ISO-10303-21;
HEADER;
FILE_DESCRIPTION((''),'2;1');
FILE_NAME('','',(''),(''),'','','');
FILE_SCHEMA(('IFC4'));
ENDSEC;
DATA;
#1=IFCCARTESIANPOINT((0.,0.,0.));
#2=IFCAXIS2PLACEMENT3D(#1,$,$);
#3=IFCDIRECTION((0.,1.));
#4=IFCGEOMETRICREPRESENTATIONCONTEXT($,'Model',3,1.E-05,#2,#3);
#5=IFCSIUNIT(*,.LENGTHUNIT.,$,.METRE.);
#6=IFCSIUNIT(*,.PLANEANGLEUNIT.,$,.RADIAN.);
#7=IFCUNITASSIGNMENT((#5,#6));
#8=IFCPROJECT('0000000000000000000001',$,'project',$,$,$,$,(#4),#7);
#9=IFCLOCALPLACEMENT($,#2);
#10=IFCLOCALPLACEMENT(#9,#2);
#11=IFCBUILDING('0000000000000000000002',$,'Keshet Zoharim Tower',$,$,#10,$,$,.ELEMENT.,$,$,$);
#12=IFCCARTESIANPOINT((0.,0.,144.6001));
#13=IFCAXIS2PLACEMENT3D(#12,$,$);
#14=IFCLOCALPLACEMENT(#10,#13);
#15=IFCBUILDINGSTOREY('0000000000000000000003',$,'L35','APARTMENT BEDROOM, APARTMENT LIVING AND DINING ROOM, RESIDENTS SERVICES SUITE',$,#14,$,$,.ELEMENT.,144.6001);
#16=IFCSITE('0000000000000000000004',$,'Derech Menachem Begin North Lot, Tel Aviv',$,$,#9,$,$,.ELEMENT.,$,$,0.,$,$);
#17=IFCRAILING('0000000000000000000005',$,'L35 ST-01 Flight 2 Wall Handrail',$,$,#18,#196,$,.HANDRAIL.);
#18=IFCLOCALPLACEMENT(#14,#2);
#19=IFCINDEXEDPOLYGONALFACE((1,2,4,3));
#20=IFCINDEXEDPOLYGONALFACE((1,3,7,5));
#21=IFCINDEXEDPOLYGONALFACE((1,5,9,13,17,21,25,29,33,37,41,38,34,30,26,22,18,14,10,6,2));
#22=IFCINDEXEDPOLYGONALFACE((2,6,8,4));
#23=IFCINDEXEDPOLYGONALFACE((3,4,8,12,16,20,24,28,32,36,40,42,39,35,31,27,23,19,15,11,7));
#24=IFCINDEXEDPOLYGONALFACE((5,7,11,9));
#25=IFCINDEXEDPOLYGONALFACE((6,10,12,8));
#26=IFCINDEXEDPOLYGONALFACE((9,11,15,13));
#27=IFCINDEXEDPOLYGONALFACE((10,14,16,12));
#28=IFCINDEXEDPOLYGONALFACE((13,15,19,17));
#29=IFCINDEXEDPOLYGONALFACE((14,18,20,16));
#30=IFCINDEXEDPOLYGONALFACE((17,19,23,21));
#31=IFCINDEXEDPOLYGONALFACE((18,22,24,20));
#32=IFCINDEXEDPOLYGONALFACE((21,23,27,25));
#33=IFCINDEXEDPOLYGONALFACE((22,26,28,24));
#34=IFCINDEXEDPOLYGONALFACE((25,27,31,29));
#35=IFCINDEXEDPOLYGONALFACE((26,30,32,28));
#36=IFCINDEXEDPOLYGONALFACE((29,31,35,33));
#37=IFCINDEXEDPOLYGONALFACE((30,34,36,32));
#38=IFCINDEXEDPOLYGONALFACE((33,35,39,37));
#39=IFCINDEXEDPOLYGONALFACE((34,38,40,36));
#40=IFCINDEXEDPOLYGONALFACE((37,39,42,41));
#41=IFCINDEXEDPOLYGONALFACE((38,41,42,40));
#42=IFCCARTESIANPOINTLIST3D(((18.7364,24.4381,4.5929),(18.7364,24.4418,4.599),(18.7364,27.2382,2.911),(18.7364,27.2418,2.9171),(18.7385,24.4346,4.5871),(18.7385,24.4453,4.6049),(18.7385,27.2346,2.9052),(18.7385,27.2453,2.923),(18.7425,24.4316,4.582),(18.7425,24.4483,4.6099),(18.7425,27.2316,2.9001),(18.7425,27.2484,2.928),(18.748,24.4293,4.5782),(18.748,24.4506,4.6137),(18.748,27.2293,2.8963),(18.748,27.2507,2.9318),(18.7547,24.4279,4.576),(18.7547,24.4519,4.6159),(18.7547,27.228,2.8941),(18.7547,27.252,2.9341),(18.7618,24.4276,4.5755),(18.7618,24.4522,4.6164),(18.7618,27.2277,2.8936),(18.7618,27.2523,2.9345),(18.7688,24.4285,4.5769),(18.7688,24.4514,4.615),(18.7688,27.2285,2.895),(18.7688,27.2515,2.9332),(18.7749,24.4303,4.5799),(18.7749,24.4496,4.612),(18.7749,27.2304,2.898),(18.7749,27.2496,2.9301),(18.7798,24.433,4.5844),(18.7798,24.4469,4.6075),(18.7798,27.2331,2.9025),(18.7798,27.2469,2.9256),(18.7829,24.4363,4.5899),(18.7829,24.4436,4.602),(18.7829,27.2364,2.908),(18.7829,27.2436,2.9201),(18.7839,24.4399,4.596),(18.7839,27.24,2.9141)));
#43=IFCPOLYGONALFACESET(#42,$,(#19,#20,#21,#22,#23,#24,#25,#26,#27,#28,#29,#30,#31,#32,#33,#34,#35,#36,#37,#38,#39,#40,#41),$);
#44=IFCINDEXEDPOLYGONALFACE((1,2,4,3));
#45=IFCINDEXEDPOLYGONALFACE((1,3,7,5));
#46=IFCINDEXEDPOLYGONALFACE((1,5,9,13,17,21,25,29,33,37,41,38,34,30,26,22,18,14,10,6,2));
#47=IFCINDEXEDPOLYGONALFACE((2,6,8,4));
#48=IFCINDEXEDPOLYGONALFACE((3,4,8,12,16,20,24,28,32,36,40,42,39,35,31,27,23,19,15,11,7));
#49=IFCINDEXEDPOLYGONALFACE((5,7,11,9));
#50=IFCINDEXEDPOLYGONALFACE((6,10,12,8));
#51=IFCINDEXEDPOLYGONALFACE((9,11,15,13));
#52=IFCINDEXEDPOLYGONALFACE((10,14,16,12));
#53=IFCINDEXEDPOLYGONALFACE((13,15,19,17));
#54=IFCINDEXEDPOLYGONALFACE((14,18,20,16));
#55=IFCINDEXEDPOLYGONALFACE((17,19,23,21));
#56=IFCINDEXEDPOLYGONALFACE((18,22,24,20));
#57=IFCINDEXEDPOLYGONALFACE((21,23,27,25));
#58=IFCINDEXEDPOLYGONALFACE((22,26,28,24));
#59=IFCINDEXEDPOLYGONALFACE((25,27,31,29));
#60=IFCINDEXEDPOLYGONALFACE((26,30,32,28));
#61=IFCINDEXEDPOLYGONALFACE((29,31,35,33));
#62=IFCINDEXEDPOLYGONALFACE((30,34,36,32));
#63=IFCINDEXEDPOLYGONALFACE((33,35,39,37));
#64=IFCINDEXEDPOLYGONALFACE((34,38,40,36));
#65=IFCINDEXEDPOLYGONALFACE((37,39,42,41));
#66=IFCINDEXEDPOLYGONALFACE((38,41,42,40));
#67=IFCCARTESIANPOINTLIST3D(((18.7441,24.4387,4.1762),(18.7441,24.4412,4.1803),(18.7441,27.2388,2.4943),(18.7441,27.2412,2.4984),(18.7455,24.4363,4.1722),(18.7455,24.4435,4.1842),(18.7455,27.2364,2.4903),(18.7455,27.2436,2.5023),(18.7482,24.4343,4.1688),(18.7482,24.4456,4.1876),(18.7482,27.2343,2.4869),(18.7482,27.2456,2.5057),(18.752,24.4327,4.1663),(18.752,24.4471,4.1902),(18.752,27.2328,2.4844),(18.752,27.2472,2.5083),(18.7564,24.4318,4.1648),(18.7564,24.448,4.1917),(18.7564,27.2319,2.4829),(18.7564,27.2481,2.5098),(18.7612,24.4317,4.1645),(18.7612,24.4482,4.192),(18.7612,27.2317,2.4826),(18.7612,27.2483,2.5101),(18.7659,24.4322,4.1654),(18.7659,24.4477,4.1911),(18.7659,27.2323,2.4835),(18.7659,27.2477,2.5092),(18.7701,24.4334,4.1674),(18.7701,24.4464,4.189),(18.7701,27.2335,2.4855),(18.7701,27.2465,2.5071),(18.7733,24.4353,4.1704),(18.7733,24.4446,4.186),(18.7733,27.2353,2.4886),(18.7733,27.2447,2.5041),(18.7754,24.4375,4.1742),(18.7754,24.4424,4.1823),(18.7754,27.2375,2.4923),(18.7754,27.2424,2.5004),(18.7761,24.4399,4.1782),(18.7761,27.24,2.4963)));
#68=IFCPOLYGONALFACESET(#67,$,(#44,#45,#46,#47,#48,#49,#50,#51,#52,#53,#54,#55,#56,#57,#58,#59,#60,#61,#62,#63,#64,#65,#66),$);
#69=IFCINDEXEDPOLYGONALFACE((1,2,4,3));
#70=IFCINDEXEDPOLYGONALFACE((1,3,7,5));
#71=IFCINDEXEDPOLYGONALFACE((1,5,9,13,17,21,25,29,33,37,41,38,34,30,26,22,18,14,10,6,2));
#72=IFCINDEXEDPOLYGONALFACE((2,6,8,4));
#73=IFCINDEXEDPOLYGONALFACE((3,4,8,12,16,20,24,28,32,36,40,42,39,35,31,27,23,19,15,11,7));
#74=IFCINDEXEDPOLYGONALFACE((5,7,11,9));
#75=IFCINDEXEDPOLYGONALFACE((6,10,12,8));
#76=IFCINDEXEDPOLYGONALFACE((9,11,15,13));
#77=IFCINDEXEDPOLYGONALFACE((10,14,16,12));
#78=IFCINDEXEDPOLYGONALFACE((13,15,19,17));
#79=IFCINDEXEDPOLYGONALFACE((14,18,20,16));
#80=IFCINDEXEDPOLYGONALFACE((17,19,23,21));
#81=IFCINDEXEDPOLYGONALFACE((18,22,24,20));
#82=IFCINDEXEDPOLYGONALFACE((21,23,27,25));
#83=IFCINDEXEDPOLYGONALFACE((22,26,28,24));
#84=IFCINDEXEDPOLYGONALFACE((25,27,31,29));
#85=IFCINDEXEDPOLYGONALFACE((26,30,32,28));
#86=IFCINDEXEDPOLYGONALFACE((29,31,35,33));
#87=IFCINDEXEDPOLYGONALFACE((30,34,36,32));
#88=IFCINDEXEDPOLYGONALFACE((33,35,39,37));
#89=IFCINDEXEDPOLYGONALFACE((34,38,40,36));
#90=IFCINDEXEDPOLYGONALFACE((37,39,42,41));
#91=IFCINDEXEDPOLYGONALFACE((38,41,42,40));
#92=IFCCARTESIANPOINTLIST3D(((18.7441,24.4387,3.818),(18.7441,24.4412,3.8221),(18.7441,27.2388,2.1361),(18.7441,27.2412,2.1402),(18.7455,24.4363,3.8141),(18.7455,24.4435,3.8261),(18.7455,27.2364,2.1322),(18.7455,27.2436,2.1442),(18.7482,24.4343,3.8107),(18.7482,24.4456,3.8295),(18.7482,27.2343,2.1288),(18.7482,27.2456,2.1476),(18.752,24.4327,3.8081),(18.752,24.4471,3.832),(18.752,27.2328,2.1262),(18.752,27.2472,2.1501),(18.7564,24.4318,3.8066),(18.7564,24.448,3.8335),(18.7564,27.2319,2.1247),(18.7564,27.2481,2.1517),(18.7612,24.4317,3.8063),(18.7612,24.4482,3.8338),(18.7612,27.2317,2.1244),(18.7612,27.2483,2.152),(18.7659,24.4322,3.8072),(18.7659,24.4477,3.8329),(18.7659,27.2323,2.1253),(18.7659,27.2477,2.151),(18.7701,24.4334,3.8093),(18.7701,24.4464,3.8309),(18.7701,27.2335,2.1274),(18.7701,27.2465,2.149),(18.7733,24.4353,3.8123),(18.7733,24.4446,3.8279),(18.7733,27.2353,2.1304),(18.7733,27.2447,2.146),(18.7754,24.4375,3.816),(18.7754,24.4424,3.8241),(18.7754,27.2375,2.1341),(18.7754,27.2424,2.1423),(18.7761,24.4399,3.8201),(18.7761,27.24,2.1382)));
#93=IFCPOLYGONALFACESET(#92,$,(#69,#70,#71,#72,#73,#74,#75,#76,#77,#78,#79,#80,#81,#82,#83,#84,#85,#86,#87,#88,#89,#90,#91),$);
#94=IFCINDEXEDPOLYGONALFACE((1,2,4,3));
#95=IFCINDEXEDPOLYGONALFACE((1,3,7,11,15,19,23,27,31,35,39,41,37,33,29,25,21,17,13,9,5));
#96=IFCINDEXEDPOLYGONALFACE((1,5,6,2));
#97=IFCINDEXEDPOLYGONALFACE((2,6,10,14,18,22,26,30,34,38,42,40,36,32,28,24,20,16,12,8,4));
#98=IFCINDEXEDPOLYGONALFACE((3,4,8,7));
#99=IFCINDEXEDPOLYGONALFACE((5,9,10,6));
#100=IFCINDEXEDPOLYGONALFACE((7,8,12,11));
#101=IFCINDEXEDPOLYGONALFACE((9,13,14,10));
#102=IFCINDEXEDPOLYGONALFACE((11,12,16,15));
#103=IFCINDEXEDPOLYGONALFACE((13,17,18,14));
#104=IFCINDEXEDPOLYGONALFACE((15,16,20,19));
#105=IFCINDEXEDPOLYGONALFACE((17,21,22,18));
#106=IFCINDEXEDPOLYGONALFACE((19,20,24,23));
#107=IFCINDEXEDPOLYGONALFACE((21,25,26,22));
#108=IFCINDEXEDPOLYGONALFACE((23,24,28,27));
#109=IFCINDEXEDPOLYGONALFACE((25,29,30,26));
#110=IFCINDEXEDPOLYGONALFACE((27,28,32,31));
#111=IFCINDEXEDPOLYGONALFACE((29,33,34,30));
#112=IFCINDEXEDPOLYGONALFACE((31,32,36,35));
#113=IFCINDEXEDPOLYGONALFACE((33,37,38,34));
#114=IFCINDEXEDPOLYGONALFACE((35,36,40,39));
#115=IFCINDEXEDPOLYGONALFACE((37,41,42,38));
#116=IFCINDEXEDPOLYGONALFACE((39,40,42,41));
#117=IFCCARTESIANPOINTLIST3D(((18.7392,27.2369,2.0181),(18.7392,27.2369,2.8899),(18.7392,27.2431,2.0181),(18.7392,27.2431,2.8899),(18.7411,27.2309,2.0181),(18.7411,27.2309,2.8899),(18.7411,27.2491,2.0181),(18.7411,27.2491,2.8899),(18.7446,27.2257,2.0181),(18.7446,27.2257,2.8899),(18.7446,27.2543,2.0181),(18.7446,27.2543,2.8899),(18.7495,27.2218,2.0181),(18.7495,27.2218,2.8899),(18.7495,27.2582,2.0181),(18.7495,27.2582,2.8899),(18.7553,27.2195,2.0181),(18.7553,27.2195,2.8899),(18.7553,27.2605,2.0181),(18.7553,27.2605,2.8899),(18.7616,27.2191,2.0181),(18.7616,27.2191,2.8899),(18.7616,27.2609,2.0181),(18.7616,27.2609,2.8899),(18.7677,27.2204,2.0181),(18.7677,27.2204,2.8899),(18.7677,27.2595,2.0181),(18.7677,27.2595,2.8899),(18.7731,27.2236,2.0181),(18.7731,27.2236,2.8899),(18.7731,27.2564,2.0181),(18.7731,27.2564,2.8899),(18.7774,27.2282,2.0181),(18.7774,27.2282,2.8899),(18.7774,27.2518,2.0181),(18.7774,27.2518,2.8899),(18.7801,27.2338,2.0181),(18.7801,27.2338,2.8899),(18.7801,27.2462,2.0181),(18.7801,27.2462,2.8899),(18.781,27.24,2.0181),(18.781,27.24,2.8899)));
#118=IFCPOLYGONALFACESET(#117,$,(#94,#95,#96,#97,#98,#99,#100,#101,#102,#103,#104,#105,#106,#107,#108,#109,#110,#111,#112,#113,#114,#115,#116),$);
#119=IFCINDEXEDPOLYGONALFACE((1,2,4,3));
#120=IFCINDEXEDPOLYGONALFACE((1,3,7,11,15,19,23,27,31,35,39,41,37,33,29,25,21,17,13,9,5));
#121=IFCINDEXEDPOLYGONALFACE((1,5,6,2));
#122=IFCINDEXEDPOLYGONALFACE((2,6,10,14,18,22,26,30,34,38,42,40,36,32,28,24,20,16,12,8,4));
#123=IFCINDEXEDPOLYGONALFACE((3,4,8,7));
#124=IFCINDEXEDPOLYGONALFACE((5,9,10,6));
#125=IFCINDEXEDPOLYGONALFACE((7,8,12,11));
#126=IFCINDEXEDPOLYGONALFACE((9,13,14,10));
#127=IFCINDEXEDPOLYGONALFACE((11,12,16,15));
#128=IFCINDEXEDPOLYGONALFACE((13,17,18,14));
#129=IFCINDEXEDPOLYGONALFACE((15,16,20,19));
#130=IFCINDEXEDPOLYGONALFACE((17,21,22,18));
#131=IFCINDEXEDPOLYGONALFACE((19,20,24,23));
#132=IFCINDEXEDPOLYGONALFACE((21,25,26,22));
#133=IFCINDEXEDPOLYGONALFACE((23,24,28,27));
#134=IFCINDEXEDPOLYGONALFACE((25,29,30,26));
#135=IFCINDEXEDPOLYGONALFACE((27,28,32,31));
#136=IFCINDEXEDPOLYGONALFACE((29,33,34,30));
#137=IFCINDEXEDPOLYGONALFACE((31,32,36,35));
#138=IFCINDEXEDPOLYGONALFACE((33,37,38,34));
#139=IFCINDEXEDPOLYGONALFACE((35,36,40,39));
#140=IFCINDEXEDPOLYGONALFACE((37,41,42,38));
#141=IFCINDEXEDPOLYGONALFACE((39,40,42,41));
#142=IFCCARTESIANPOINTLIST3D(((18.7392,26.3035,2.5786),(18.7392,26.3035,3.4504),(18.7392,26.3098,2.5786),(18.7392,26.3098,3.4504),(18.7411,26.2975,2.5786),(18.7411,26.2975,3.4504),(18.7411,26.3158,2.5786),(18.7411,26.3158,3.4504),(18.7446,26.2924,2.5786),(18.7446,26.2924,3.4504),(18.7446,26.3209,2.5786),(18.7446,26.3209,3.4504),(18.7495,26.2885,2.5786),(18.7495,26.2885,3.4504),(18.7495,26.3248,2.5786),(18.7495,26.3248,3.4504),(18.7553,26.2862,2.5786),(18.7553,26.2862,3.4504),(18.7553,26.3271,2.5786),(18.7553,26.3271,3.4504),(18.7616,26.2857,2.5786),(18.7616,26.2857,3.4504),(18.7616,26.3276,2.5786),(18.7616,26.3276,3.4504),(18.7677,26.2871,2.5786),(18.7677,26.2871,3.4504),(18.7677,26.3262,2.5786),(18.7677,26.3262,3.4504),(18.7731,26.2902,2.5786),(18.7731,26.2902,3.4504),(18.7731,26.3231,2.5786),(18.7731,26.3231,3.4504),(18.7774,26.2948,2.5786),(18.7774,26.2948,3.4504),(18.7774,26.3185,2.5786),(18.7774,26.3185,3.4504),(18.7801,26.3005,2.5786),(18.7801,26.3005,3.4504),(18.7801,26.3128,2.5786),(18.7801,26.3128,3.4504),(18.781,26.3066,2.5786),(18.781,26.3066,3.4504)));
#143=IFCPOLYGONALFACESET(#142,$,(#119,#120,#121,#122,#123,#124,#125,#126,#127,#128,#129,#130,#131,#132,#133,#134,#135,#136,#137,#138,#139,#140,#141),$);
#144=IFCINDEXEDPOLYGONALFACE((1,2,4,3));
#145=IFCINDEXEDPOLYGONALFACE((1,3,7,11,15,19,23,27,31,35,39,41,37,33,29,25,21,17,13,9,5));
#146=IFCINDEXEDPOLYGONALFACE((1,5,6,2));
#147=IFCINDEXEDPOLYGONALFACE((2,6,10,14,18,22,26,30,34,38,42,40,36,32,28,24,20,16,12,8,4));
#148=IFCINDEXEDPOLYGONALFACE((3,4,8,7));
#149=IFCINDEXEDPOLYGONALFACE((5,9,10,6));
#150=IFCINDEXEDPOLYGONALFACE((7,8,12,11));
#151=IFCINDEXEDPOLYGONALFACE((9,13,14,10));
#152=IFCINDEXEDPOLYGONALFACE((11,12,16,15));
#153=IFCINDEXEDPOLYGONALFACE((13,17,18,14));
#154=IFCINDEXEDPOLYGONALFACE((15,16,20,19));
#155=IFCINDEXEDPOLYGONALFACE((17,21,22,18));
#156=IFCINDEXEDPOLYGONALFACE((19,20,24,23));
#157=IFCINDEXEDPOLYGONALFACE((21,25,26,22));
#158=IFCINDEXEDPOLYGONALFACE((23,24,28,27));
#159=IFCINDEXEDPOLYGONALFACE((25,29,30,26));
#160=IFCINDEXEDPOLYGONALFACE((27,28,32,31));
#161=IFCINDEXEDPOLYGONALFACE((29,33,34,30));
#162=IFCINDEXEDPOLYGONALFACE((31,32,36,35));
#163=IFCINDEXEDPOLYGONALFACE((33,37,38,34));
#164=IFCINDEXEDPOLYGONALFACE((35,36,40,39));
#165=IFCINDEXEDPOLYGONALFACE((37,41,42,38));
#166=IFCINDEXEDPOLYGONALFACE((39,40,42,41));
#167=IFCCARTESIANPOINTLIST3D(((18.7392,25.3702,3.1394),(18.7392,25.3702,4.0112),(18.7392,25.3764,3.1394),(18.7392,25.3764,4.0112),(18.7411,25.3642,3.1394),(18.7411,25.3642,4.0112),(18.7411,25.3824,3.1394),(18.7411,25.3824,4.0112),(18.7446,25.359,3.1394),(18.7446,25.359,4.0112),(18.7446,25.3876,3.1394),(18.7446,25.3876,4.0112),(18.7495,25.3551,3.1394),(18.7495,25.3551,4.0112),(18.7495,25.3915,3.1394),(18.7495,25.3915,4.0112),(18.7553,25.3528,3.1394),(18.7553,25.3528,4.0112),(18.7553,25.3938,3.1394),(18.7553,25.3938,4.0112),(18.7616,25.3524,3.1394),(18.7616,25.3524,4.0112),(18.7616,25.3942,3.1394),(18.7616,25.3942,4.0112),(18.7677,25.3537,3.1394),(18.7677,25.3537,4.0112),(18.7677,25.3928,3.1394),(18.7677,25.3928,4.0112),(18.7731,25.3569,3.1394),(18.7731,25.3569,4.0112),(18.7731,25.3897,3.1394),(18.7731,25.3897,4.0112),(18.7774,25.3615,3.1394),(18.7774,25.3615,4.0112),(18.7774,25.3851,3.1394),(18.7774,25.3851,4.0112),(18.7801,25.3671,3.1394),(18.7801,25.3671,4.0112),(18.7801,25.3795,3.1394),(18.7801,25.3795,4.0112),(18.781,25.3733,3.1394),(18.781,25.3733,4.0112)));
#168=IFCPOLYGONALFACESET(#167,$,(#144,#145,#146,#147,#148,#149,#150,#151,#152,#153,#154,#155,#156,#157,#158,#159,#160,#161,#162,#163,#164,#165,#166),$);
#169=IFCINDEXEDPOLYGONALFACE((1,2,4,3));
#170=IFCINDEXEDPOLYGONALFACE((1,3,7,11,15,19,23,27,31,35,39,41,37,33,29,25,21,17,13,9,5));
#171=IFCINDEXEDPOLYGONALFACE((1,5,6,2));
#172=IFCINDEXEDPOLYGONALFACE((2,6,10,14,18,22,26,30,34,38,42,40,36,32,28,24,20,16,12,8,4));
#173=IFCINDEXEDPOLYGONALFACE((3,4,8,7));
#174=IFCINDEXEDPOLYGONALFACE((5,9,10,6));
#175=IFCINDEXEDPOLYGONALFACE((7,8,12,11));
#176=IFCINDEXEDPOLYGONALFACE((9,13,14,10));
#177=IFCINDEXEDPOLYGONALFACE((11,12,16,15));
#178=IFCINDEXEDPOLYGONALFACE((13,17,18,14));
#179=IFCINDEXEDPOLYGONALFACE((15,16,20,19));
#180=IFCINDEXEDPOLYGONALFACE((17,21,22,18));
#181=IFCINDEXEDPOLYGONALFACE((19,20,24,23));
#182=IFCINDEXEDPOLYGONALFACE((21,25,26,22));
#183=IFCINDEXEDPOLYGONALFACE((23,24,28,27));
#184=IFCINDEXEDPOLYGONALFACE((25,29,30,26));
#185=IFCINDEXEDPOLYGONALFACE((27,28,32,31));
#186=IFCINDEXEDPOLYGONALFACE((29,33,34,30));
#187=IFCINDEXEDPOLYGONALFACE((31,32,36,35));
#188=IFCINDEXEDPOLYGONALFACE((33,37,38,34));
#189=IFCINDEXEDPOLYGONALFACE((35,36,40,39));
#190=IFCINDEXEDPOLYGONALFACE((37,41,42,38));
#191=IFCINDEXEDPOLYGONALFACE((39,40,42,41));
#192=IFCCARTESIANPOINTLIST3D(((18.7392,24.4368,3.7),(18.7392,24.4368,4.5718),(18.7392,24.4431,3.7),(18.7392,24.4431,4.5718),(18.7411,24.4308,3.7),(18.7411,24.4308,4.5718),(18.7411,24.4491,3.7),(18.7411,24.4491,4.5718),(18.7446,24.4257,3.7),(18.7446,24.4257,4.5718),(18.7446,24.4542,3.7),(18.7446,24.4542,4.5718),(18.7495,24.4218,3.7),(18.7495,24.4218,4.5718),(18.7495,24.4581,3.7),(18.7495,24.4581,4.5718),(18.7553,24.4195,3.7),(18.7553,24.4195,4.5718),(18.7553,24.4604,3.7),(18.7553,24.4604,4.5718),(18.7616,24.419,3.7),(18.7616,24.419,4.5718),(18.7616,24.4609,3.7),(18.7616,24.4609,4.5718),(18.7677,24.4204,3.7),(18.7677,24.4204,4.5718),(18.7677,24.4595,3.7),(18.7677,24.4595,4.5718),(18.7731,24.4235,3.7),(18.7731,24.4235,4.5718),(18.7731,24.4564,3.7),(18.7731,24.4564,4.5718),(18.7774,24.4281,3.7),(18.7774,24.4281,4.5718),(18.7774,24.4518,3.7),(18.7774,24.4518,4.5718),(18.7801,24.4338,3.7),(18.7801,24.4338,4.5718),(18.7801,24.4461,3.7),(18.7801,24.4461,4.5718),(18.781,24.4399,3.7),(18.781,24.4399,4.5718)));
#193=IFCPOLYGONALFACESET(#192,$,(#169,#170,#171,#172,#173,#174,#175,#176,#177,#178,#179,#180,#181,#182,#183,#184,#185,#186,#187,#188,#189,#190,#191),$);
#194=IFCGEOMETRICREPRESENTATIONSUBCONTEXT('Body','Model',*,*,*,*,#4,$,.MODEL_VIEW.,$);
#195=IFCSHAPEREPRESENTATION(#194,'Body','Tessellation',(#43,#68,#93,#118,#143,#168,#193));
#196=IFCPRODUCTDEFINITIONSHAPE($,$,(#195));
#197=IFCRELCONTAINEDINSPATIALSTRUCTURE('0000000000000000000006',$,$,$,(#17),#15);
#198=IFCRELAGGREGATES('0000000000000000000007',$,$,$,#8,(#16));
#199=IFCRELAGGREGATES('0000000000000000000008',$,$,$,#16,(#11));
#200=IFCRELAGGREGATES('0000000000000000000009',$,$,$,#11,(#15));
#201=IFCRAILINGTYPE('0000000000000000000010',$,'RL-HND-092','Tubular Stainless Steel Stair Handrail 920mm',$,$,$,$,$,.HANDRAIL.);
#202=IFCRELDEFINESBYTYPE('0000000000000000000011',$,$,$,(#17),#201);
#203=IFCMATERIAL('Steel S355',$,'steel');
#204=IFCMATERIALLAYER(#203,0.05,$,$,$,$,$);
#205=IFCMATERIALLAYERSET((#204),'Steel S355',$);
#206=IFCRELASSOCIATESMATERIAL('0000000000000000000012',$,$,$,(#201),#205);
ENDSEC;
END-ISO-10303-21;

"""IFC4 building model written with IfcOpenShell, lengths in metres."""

from ifc_helpers import new_model, si_unit, direction, frame, origin, origin_2d, place, context, subcontext, project, spatial, circle, extrude, material, layer, layer_set, type_object, element, save


model = new_model("IFC4")

# Units and contexts
model_context = context("Model", 3, precision=1e-05, world=origin(), true_north=direction((0.0, 1.0)))
body_context = subcontext(model_context, "Body", "Model", "MODEL_VIEW")
ifc_project = project(units=[si_unit("LENGTHUNIT", "METRE"), si_unit("PLANEANGLEUNIT", "RADIAN")], contexts=[model_context])

# Site, building, storey
site_placement = place(None, origin())
site = spatial("IfcSite", under=ifc_project, at=site_placement, Name="Derech Menachem Begin North Lot, Tel Aviv", CompositionType="ELEMENT", RefElevation=0.0)
building_placement = place(site_placement, origin())
building = spatial("IfcBuilding", under=site, at=building_placement, Name="Keshet Zoharim Tower", CompositionType="ELEMENT")
storey_placement = place(building_placement, frame((0.0, 0.0, 144.6001)))
storey = spatial("IfcBuildingStorey", under=building, at=storey_placement, Name="L35", Description="APARTMENT BEDROOM, APARTMENT LIVING AND DINING ROOM, RESIDENTS SERVICES SUITE", CompositionType="ELEMENT", Elevation=144.6001)

# Shared definitions
ifc_material_1 = material(Name="Steel S355", Category="steel")

# Railing
ifc_layer_1 = layer(ifc_material_1, 0.05)
ifc_layer_set_1 = layer_set([ifc_layer_1], Name="Steel S355")
railing_type_1 = type_object("IfcRailingType", Name="RL-HND-092", Description="Tubular Stainless Steel Stair Handrail 920mm", PredefinedType="HANDRAIL", material=ifc_layer_set_1)
railing_1_placement = place(storey_placement, frame((18.76, 27.24, 2.0181)))
element("IfcRailing", 1, at=railing_1_placement, inside=storey, type_object=railing_type_1, Name="L35 ST-01 Flight 2 Wall Handrail", PredefinedType="HANDRAIL", context=body_context, shape_type="SweptSolid", body=[
    extrude(circle(Radius=0.0239, at=origin_2d()), frame((0.0, 0.0, 0.896), z_axis=(0.0, -0.857242, 0.514913), x_axis=(1.0, 0.0, 0.0)), (0.0, 0.0, 1.0), 3.2664),
    extrude(circle(Radius=0.0161, at=origin_2d()), frame((0.0, 0.0, 0.4783), z_axis=(0.0, -0.857242, 0.514913), x_axis=(1.0, 0.0, 0.0)), (0.0, 0.0, 1.0), 3.2664),
    extrude(circle(Radius=0.0161, at=origin_2d()), frame((0.0, 0.0, 0.1201), z_axis=(0.0, -0.857242, 0.514913), x_axis=(1.0, 0.0, 0.0)), (0.0, 0.0, 1.0), 3.2664),
    extrude(circle(Radius=0.021, at=origin_2d()), origin(), (0.0, 0.0, 1.0), 0.8718),
    extrude(circle(Radius=0.021, at=origin_2d()), frame((0.0, -0.9333, 0.5605)), (0.0, 0.0, 1.0), 0.8718),
    extrude(circle(Radius=0.021, at=origin_2d()), frame((0.0, -1.8667, 1.1213)), (0.0, 0.0, 1.0), 0.8718),
    extrude(circle(Radius=0.021, at=origin_2d()), frame((0.0, -2.8, 1.6819)), (0.0, 0.0, 1.0), 0.8718),
])

save(model, "model.ifc")
